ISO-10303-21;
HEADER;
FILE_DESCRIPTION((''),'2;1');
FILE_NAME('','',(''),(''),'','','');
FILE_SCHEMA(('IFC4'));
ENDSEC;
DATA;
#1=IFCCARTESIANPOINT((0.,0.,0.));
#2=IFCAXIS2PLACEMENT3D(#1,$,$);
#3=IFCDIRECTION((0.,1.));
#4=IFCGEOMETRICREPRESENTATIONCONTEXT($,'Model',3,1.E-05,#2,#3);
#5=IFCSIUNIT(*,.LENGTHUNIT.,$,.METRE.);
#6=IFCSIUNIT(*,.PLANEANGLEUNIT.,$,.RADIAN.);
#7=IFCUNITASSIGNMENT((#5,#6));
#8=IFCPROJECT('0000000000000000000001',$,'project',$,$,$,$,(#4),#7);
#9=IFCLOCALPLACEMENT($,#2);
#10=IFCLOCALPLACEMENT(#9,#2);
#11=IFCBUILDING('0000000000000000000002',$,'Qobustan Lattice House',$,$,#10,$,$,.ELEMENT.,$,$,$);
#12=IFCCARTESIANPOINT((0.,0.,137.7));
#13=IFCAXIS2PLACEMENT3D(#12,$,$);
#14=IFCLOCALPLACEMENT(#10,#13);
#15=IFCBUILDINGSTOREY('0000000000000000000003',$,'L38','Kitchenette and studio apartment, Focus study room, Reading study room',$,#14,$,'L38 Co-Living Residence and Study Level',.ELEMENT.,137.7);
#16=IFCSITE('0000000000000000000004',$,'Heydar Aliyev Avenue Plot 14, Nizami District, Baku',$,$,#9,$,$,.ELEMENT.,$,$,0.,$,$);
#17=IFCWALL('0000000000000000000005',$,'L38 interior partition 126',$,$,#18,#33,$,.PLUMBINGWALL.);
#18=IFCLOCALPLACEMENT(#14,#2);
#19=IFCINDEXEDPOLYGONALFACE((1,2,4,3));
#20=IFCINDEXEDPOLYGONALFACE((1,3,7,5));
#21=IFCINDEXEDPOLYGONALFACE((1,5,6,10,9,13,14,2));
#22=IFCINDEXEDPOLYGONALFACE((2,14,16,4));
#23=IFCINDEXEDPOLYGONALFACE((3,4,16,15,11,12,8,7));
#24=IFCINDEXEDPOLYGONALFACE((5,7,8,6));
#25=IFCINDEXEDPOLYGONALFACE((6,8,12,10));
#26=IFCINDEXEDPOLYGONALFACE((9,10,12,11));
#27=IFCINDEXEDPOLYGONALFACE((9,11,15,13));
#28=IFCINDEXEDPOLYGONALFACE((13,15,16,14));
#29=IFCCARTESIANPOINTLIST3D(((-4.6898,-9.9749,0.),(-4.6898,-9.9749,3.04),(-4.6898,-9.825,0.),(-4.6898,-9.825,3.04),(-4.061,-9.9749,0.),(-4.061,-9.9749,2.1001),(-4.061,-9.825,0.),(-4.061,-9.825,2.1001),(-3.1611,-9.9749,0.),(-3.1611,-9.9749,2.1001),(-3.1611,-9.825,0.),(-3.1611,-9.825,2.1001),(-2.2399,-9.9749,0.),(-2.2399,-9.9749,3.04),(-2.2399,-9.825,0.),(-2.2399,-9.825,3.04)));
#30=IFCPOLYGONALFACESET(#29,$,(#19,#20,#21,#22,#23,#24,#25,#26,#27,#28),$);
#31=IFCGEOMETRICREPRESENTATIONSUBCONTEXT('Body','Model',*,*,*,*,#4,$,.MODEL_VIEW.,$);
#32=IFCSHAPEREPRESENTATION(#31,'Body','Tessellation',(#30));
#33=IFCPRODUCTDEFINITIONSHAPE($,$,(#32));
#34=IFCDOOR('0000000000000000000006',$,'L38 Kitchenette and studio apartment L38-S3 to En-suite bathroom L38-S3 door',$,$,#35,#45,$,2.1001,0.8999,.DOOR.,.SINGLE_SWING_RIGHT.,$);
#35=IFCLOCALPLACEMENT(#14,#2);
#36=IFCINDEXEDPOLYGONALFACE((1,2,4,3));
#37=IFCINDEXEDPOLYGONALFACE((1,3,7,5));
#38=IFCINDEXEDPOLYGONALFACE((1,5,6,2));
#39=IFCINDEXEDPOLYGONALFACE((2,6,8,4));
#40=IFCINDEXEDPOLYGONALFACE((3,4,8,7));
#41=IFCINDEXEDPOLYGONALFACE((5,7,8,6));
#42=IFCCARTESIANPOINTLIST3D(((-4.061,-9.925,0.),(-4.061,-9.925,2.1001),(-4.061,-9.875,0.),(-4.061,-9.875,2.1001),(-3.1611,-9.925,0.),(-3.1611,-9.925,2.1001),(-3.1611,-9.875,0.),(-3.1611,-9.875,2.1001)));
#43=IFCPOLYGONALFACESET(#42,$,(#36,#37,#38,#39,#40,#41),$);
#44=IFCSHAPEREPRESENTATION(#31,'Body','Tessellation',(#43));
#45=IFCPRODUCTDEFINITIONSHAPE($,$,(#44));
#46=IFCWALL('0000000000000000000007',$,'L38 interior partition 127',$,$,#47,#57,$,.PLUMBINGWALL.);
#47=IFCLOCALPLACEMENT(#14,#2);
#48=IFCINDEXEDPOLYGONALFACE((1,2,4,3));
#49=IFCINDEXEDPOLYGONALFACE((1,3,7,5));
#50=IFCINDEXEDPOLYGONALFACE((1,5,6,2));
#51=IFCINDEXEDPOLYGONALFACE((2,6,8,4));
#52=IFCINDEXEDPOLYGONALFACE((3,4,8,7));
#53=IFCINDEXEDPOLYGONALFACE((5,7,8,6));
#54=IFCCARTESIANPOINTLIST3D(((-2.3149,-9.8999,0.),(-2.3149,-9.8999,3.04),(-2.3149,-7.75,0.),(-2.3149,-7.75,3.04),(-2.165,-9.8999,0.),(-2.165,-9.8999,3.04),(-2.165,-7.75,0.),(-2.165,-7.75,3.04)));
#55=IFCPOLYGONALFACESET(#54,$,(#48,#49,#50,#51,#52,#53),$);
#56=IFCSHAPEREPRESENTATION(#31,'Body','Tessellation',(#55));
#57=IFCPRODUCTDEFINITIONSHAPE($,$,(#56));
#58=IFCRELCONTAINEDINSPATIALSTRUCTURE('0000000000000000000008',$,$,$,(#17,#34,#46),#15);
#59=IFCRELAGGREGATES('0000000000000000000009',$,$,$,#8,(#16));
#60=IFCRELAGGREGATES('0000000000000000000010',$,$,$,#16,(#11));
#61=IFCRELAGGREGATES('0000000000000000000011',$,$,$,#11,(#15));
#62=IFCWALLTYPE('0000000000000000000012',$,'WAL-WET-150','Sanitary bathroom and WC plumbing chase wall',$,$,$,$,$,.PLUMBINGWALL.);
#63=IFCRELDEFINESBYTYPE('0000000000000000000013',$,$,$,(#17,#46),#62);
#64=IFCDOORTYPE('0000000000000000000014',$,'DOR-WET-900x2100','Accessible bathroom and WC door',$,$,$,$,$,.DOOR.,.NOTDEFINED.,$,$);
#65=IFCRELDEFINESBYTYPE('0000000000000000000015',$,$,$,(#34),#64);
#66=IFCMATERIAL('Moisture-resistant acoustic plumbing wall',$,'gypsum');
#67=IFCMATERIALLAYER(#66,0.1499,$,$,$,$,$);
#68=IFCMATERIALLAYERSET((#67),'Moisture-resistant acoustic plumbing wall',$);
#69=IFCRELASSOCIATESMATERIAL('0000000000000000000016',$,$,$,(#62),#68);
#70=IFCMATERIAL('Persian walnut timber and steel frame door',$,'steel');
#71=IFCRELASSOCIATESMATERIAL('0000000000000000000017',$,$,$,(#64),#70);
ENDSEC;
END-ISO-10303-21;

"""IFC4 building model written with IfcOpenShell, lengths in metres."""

from ifc_helpers import new_model, si_unit, direction, frame, frame_2d, origin, place, context, subcontext, project, spatial, rectangle, extrude, material, layer, layer_set, type_object, element, fill, save


model = new_model("IFC4")

# Units and contexts
model_context = context("Model", 3, precision=1e-05, world=origin(), true_north=direction((0.0, 1.0)))
body_context = subcontext(model_context, "Body", "Model", "MODEL_VIEW")
ifc_project = project(units=[si_unit("LENGTHUNIT", "METRE"), si_unit("PLANEANGLEUNIT", "RADIAN")], contexts=[model_context])

# Site, building, storey
site_placement = place(None, origin())
site = spatial("IfcSite", under=ifc_project, at=site_placement, Name="Heydar Aliyev Avenue Plot 14, Nizami District, Baku", CompositionType="ELEMENT", RefElevation=0.0)
building_placement = place(site_placement, origin())
building = spatial("IfcBuilding", under=site, at=building_placement, Name="Qobustan Lattice House", CompositionType="ELEMENT")
storey_placement = place(building_placement, frame((0.0, 0.0, 137.7)))
storey = spatial("IfcBuildingStorey", under=building, at=storey_placement, Name="L38", Description="Kitchenette and studio apartment, Focus study room, Reading study room", LongName="L38 Co-Living Residence and Study Level", CompositionType="ELEMENT", Elevation=137.7)

# Shared definitions
ifc_material_1 = material(Name="Moisture-resistant acoustic plumbing wall", Category="gypsum")
ifc_layer_1 = layer(ifc_material_1, 0.1499)
ifc_layer_set_1 = layer_set([ifc_layer_1], Name="Moisture-resistant acoustic plumbing wall")
wall_type_1 = type_object("IfcWallType", Name="WAL-WET-150", Description="Sanitary bathroom and WC plumbing chase wall", PredefinedType="PLUMBINGWALL", material=ifc_layer_set_1)

# Wall, opening, door
wall_1_placement = place(storey_placement, frame((-4.6899, -9.8999, 0.0), z_axis=(0.0, 0.0, 1.0), x_axis=(1.0, 0.0, 0.0)))
wall_1 = element("IfcWall", 1, at=wall_1_placement, inside=storey, type_object=wall_type_1, Name="L38 interior partition 126", PredefinedType="PLUMBINGWALL", context=body_context, shape_type="SweptSolid", body=[
    extrude(rectangle(XDim=2.45, YDim=0.1499, at=frame_2d((1.2251, 0.0))), origin(), (0.0, 0.0, 1.0), 3.04),
])
opening_1_placement = place(wall_1_placement, frame((0.6289, 0.0, 0.0)))
opening_1 = element("IfcOpeningElement", 2, at=opening_1_placement, cuts=wall_1, PredefinedType="OPENING", context=body_context, shape_type="SweptSolid", body=[
    extrude(rectangle(XDim=0.8999, YDim=2.1001, at=frame_2d((0.45, 1.05))), frame((0.0, 0.085, 0.0), z_axis=(0.0, -1.0, 0.0), x_axis=(1.0, 0.0, 0.0)), (0.0, 0.0, 1.0), 0.1699),
])
ifc_material_2 = material(Name="Persian walnut timber and steel frame door", Category="steel")
door_type_1 = type_object("IfcDoorType", Name="DOR-WET-900x2100", Description="Accessible bathroom and WC door", OperationType="NOTDEFINED", PredefinedType="DOOR", material=ifc_material_2)
door_1_placement = place(opening_1_placement, origin())
door_1 = element("IfcDoor", 3, at=door_1_placement, inside=storey, type_object=door_type_1, Name="L38 Kitchenette and studio apartment L38-S3 to En-suite bathroom L38-S3 door", OperationType="SINGLE_SWING_RIGHT", OverallHeight=2.1001, OverallWidth=0.8999, PredefinedType="DOOR", context=body_context, shape_type="SweptSolid", body=[
    extrude(rectangle(XDim=0.8999, YDim=2.1001, at=frame_2d((0.45, 1.05))), frame((0.0, 0.0249, 0.0), z_axis=(0.0, -1.0, 0.0), x_axis=(1.0, 0.0, 0.0)), (0.0, 0.0, 1.0), 0.05),
])
fill(opening_1, door_1)

# Wall
wall_2_placement = place(storey_placement, frame((-2.24, -9.8999, 0.0), z_axis=(0.0, 0.0, 1.0), x_axis=(0.0, 1.0, 0.0)))
element("IfcWall", 4, at=wall_2_placement, inside=storey, type_object=wall_type_1, Name="L38 interior partition 127", PredefinedType="PLUMBINGWALL", context=body_context, shape_type="SweptSolid", body=[
    extrude(rectangle(XDim=2.1499, YDim=0.1499, at=frame_2d((1.075, 0.0))), origin(), (0.0, 0.0, 1.0), 3.04),
])

save(model, "model.ifc")
